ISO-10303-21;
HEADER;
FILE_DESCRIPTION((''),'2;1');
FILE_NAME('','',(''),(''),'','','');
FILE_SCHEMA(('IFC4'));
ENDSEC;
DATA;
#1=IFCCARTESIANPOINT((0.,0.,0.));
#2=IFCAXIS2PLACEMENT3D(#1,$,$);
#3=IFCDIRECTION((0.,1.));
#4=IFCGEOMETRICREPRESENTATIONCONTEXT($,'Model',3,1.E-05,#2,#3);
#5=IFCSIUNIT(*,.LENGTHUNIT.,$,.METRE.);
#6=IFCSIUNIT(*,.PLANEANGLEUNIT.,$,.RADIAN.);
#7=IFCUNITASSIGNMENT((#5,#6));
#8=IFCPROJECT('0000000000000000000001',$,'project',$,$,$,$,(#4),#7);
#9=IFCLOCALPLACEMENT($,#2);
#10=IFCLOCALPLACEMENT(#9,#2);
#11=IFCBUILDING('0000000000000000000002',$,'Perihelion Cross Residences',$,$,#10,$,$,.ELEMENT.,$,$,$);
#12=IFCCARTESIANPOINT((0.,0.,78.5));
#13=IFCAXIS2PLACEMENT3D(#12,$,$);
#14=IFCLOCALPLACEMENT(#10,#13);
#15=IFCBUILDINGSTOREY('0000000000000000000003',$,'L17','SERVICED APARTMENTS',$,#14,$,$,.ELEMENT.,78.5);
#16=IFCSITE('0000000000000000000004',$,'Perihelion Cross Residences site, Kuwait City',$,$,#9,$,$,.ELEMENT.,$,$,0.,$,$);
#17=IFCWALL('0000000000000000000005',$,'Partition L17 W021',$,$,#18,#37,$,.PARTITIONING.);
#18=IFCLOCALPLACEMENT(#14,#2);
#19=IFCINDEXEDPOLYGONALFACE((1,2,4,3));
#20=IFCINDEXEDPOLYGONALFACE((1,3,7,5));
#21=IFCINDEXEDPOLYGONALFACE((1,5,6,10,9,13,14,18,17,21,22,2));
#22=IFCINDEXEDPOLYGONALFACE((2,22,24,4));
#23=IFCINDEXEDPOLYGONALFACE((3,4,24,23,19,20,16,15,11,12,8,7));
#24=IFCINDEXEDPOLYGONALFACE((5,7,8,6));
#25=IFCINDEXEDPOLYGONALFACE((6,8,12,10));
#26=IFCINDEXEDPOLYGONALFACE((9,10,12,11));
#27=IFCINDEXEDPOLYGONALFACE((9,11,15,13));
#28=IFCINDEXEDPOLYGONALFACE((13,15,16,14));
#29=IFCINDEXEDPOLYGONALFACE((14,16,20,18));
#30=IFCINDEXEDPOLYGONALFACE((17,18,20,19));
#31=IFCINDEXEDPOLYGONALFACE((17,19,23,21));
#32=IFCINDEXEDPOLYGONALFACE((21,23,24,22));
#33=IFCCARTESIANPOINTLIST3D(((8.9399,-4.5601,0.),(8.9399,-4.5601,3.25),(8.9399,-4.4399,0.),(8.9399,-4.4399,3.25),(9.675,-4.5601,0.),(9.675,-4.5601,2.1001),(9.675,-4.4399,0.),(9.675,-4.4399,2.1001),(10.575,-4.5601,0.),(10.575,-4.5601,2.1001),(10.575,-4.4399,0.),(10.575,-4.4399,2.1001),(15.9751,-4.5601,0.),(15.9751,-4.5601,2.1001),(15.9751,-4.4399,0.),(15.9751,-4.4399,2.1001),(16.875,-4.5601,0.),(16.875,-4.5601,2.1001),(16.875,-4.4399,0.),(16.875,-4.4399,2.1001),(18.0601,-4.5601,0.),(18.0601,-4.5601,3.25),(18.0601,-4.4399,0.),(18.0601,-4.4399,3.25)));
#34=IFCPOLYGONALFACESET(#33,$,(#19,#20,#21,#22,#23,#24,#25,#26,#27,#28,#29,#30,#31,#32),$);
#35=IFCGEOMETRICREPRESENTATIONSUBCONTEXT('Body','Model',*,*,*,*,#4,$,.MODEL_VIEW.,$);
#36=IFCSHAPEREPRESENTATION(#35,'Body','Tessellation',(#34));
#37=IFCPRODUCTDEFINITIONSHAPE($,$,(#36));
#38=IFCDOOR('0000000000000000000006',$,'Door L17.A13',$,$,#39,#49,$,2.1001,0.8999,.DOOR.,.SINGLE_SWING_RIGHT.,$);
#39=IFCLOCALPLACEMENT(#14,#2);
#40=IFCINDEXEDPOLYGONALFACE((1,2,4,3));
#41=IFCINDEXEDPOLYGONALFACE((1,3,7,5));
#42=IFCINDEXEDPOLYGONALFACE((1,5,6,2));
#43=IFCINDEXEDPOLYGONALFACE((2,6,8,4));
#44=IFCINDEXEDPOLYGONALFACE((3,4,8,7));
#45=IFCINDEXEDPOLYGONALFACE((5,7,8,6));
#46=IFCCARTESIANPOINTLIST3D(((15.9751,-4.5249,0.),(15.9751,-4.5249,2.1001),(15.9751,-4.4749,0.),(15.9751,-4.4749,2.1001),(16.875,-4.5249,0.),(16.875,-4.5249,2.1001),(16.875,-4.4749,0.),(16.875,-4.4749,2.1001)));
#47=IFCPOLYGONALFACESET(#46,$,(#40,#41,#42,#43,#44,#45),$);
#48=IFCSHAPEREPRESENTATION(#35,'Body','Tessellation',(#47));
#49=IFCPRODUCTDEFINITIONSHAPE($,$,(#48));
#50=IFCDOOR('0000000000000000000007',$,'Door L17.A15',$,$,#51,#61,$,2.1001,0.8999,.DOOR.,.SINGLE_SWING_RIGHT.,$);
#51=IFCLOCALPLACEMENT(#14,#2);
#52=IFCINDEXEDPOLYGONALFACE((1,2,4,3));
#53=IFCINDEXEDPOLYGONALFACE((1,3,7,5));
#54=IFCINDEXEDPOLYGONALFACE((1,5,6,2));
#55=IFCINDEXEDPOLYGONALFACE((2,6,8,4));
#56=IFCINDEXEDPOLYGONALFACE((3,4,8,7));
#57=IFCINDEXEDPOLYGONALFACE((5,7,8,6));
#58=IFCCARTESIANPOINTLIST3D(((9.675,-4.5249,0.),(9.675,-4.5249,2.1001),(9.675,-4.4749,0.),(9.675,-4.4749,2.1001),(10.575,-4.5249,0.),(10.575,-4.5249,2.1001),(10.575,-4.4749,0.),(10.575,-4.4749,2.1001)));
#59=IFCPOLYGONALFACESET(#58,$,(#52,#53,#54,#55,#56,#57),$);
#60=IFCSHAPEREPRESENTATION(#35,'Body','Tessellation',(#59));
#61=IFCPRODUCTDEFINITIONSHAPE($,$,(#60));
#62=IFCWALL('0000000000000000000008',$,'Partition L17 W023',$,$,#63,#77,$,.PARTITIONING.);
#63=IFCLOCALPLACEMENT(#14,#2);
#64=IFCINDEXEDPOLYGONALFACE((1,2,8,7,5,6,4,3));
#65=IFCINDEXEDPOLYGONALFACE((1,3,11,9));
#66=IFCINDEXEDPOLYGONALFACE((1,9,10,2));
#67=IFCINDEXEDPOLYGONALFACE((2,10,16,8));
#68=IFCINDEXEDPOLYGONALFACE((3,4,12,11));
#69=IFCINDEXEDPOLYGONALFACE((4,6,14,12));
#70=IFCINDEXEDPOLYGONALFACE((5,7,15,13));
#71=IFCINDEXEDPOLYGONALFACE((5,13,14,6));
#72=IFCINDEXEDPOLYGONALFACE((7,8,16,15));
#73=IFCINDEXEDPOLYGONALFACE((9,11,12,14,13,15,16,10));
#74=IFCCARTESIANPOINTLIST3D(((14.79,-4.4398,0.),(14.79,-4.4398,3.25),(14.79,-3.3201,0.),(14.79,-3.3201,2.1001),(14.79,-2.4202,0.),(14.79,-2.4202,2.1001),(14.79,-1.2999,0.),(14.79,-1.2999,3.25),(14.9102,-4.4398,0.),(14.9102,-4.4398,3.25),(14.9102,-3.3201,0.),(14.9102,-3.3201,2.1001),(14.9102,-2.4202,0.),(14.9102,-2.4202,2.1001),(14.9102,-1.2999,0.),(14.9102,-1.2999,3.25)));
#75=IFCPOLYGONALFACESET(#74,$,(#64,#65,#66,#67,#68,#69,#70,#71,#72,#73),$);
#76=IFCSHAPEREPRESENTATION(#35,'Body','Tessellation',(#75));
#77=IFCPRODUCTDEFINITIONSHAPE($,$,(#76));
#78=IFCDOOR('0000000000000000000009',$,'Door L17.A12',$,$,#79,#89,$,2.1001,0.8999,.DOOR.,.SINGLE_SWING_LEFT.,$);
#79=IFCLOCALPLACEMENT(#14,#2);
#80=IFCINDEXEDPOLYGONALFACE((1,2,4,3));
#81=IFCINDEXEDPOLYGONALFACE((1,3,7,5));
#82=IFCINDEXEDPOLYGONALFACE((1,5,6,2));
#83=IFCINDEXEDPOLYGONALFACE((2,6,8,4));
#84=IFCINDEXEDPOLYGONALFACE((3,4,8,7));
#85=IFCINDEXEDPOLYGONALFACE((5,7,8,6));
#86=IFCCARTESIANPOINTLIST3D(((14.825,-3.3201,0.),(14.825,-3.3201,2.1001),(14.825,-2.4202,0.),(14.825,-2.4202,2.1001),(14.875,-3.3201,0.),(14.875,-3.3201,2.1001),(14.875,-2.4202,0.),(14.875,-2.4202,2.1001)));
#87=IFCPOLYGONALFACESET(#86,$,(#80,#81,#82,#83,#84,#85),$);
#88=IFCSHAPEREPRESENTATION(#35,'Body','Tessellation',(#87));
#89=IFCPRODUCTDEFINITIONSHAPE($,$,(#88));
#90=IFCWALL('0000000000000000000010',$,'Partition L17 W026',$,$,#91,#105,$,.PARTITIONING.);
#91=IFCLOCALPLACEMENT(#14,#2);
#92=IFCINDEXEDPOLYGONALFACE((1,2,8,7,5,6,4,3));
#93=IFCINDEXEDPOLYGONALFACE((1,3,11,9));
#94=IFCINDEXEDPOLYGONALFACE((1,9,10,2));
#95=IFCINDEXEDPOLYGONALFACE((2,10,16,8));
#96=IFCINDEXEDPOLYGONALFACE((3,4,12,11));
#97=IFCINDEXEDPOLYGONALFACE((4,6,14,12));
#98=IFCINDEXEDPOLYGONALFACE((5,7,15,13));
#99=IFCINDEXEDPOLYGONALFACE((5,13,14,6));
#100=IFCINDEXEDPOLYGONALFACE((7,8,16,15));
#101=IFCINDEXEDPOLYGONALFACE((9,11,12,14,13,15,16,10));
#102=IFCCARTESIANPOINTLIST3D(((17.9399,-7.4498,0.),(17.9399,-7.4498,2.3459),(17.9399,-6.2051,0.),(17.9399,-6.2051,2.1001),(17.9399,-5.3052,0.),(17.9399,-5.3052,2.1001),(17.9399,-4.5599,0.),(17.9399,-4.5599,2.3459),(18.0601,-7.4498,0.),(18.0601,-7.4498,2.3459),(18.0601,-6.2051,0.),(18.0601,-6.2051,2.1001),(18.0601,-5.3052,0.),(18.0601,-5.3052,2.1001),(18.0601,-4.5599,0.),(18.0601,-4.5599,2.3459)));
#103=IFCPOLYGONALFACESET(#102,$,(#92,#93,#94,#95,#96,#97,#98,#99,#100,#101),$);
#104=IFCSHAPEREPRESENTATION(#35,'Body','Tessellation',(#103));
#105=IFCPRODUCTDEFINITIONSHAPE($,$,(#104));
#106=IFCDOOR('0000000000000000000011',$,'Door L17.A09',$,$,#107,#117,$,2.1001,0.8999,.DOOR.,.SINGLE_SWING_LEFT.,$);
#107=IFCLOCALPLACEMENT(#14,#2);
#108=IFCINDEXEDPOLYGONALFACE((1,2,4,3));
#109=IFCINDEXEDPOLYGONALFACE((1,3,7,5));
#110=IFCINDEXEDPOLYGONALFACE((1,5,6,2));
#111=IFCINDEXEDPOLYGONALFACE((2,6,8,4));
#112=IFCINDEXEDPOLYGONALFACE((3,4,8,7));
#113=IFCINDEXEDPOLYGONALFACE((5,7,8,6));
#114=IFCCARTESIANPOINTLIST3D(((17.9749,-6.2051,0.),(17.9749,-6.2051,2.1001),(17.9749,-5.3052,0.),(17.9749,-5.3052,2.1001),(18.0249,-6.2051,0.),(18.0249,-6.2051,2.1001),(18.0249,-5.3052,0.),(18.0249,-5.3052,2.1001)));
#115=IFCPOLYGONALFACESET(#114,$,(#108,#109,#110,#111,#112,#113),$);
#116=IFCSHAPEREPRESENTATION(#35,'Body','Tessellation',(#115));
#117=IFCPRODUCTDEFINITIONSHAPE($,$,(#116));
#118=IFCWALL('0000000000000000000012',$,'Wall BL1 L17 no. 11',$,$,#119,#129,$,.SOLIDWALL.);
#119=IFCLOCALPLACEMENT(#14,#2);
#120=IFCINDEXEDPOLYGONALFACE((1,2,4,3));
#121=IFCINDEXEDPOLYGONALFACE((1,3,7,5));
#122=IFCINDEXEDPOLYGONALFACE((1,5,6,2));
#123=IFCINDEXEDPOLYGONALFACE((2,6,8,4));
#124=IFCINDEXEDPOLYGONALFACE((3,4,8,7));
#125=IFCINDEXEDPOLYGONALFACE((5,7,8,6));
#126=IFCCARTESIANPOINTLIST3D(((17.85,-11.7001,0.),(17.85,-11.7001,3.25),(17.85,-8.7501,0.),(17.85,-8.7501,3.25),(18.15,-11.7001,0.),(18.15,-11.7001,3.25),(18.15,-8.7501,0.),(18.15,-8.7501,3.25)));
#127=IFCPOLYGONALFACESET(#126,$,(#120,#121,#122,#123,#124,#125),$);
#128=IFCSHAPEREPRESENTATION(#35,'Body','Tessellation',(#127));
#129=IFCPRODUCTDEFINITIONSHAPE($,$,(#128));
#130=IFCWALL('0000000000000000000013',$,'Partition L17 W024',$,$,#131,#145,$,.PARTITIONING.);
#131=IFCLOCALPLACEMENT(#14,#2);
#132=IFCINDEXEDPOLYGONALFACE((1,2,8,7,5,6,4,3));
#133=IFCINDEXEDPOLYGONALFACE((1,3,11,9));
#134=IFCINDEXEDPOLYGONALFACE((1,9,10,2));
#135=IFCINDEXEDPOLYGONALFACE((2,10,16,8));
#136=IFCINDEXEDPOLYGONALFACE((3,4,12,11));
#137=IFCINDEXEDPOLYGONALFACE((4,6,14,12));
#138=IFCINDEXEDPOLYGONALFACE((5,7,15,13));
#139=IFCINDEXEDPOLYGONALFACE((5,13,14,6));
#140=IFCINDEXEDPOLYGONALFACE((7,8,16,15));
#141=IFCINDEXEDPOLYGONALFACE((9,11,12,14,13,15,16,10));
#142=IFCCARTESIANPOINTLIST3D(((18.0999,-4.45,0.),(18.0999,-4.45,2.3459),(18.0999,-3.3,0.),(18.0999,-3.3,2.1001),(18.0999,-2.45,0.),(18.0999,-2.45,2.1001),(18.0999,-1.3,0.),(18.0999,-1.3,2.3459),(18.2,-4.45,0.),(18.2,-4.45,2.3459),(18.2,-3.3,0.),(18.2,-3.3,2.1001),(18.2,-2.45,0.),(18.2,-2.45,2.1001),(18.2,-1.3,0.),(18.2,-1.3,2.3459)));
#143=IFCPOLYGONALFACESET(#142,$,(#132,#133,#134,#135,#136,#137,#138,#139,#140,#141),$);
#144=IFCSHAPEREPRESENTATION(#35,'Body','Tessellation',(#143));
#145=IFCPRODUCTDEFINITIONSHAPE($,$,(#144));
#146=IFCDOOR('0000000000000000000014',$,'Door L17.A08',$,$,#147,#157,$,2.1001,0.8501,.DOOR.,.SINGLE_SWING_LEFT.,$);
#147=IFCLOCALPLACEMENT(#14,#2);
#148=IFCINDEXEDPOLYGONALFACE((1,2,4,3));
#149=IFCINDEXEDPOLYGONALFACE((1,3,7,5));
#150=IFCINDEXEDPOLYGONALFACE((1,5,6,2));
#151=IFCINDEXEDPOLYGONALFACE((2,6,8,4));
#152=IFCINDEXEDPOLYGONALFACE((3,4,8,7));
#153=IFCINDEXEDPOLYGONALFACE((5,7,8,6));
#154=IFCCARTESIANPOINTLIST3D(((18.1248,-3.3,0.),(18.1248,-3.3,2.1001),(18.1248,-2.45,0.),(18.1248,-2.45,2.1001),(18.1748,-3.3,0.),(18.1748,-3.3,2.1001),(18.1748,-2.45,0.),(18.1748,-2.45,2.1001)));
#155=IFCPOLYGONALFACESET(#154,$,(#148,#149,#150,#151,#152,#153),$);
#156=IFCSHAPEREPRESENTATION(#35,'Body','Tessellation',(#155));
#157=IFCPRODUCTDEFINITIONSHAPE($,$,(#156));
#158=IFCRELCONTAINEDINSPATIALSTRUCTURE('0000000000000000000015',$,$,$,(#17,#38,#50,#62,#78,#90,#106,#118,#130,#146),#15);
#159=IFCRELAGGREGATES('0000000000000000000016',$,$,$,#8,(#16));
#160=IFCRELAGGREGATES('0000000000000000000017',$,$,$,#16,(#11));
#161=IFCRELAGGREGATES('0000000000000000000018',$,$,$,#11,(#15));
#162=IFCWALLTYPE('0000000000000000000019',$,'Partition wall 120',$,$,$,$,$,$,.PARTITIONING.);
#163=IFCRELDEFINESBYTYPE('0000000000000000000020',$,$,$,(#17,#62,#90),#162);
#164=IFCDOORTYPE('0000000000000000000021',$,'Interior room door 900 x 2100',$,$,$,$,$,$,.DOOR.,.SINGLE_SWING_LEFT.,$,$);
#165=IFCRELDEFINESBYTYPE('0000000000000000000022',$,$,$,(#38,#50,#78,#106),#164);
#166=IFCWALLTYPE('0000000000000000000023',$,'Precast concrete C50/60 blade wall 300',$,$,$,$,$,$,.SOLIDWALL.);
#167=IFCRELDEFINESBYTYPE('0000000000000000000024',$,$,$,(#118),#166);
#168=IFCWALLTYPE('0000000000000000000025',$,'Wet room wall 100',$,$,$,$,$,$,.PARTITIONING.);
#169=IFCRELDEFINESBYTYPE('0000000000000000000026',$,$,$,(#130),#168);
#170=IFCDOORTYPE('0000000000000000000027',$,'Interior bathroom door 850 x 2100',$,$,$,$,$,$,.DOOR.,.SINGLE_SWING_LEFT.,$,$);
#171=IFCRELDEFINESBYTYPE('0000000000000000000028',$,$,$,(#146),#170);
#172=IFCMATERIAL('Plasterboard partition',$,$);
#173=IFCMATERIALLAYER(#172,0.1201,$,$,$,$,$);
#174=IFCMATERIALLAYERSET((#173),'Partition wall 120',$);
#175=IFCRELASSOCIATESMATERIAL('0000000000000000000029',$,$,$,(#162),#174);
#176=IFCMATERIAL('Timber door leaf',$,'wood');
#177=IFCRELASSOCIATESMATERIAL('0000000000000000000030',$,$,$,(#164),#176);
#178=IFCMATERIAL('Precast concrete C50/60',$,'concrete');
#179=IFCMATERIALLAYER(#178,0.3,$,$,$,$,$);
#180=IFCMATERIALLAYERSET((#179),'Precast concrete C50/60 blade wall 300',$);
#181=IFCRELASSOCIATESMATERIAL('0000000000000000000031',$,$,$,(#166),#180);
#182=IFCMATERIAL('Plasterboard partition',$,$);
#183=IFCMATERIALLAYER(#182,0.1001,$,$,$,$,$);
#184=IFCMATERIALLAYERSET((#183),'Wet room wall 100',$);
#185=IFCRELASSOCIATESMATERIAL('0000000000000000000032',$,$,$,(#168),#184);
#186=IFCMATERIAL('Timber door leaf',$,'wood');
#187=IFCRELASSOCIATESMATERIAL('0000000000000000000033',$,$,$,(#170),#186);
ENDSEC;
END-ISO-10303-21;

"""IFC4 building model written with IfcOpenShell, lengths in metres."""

from ifc_helpers import new_model, si_unit, direction, frame, frame_2d, origin, place, context, subcontext, project, spatial, rectangle, extrude, material, layer, layer_set, type_object, element, fill, save


model = new_model("IFC4")

# Units and contexts
model_context = context("Model", 3, precision=1e-05, world=origin(), true_north=direction((0.0, 1.0)))
body_context = subcontext(model_context, "Body", "Model", "MODEL_VIEW")
ifc_project = project(units=[si_unit("LENGTHUNIT", "METRE"), si_unit("PLANEANGLEUNIT", "RADIAN")], contexts=[model_context])

# Site, building, storey
site_placement = place(None, origin())
site = spatial("IfcSite", under=ifc_project, at=site_placement, Name="Perihelion Cross Residences site, Kuwait City", CompositionType="ELEMENT", RefElevation=0.0)
building_placement = place(site_placement, origin())
building = spatial("IfcBuilding", under=site, at=building_placement, Name="Perihelion Cross Residences", CompositionType="ELEMENT")
storey_placement = place(building_placement, frame((0.0, 0.0, 78.5)))
storey = spatial("IfcBuildingStorey", under=building, at=storey_placement, Name="L17", Description="SERVICED APARTMENTS", CompositionType="ELEMENT", Elevation=78.5)

# Shared definitions
ifc_material_1 = material(Name="Plasterboard partition")
ifc_layer_1 = layer(ifc_material_1, 0.1201)
ifc_layer_set_1 = layer_set([ifc_layer_1], Name="Partition wall 120")
wall_type_1 = type_object("IfcWallType", Name="Partition wall 120", PredefinedType="PARTITIONING", material=ifc_layer_set_1)

# Wall, openings, doors
wall_1_placement = place(storey_placement, frame((18.0601, -4.5, 0.0), z_axis=(0.0, 0.0, 1.0), x_axis=(-1.0, 0.0, 0.0)))
wall_1 = element("IfcWall", 1, at=wall_1_placement, inside=storey, type_object=wall_type_1, Name="Partition L17 W021", PredefinedType="PARTITIONING", context=body_context, shape_type="SweptSolid", body=[
    extrude(rectangle(XDim=9.1201, YDim=0.1201, at=frame_2d((4.5601, 0.0))), origin(), (0.0, 0.0, 1.0), 3.25),
])
opening_1_placement = place(wall_1_placement, frame((1.1851, 0.0, 0.0)))
opening_1 = element("IfcOpeningElement", 2, at=opening_1_placement, cuts=wall_1, PredefinedType="OPENING", context=body_context, shape_type="SweptSolid", body=[
    extrude(rectangle(XDim=0.8999, YDim=2.1001, at=frame_2d((0.45, 1.05))), frame((0.0, 0.0701, 0.0), z_axis=(0.0, -1.0, 0.0), x_axis=(1.0, 0.0, 0.0)), (0.0, 0.0, 1.0), 0.1401),
])
opening_2_placement = place(wall_1_placement, frame((7.4851, 0.0, 0.0)))
opening_2 = element("IfcOpeningElement", 3, at=opening_2_placement, cuts=wall_1, PredefinedType="OPENING", context=body_context, shape_type="SweptSolid", body=[
    extrude(rectangle(XDim=0.8999, YDim=2.1001, at=frame_2d((0.45, 1.05))), frame((0.0, 0.0701, 0.0), z_axis=(0.0, -1.0, 0.0), x_axis=(1.0, 0.0, 0.0)), (0.0, 0.0, 1.0), 0.1401),
])
ifc_material_2 = material(Name="Timber door leaf", Category="wood")
door_type_1 = type_object("IfcDoorType", Name="Interior room door 900 x 2100", OperationType="SINGLE_SWING_LEFT", PredefinedType="DOOR", material=ifc_material_2)
door_1_placement = place(opening_1_placement, origin())
door_1 = element("IfcDoor", 4, at=door_1_placement, inside=storey, type_object=door_type_1, Name="Door L17.A13", OperationType="SINGLE_SWING_RIGHT", OverallHeight=2.1001, OverallWidth=0.8999, PredefinedType="DOOR", context=body_context, shape_type="SweptSolid", body=[
    extrude(rectangle(XDim=0.8999, YDim=2.1001, at=frame_2d((0.45, 1.05))), frame((0.0, 0.0249, 0.0), z_axis=(0.0, -1.0, 0.0), x_axis=(1.0, 0.0, 0.0)), (0.0, 0.0, 1.0), 0.05),
])
fill(opening_1, door_1)
door_2_placement = place(opening_2_placement, origin())
door_2 = element("IfcDoor", 5, at=door_2_placement, inside=storey, type_object=door_type_1, Name="Door L17.A15", OperationType="SINGLE_SWING_RIGHT", OverallHeight=2.1001, OverallWidth=0.8999, PredefinedType="DOOR", context=body_context, shape_type="SweptSolid", body=[
    extrude(rectangle(XDim=0.8999, YDim=2.1001, at=frame_2d((0.45, 1.05))), frame((0.0, 0.0249, 0.0), z_axis=(0.0, -1.0, 0.0), x_axis=(1.0, 0.0, 0.0)), (0.0, 0.0, 1.0), 0.05),
])
fill(opening_2, door_2)

# Walls, openings, doors
wall_2_placement = place(storey_placement, frame((14.8501, -1.3, 0.0), z_axis=(0.0, 0.0, 1.0), x_axis=(0.0, -1.0, 0.0)))
wall_2 = element("IfcWall", 6, at=wall_2_placement, inside=storey, type_object=wall_type_1, Name="Partition L17 W023", PredefinedType="PARTITIONING", context=body_context, shape_type="SweptSolid", body=[
    extrude(rectangle(XDim=3.1399, YDim=0.1201, at=frame_2d((1.5698, 0.0))), origin(), (0.0, 0.0, 1.0), 3.25),
])
opening_3_placement = place(wall_2_placement, frame((1.1201, 0.0, 0.0)))
opening_3 = element("IfcOpeningElement", 7, at=opening_3_placement, cuts=wall_2, PredefinedType="OPENING", context=body_context, shape_type="SweptSolid", body=[
    extrude(rectangle(XDim=0.8999, YDim=2.1001, at=frame_2d((0.45, 1.05))), frame((0.0, 0.0701, 0.0), z_axis=(0.0, -1.0, 0.0), x_axis=(1.0, 0.0, 0.0)), (0.0, 0.0, 1.0), 0.1401),
])
door_3_placement = place(opening_3_placement, origin())
door_3 = element("IfcDoor", 8, at=door_3_placement, inside=storey, type_object=door_type_1, Name="Door L17.A12", OperationType="SINGLE_SWING_LEFT", OverallHeight=2.1001, OverallWidth=0.8999, PredefinedType="DOOR", context=body_context, shape_type="SweptSolid", body=[
    extrude(rectangle(XDim=0.8999, YDim=2.1001, at=frame_2d((0.45, 1.05))), frame((0.0, 0.0249, 0.0), z_axis=(0.0, -1.0, 0.0), x_axis=(1.0, 0.0, 0.0)), (0.0, 0.0, 1.0), 0.05),
])
fill(opening_3, door_3)
wall_3_placement = place(storey_placement, frame((18.0, -4.5601, 0.0), z_axis=(0.0, 0.0, 1.0), x_axis=(0.0, -1.0, 0.0)))
wall_3 = element("IfcWall", 9, at=wall_3_placement, inside=storey, type_object=wall_type_1, Name="Partition L17 W026", PredefinedType="PARTITIONING", context=body_context, shape_type="SweptSolid", body=[
    extrude(rectangle(XDim=2.8899, YDim=0.1201, at=frame_2d((1.4448, 0.0))), origin(), (0.0, 0.0, 1.0), 2.3459),
])
opening_4_placement = place(wall_3_placement, frame((0.7451, 0.0, 0.0)))
opening_4 = element("IfcOpeningElement", 10, at=opening_4_placement, cuts=wall_3, PredefinedType="OPENING", context=body_context, shape_type="SweptSolid", body=[
    extrude(rectangle(XDim=0.8999, YDim=2.1001, at=frame_2d((0.45, 1.05))), frame((0.0, 0.0701, 0.0), z_axis=(0.0, -1.0, 0.0), x_axis=(1.0, 0.0, 0.0)), (0.0, 0.0, 1.0), 0.1401),
])
door_4_placement = place(opening_4_placement, origin())
door_4 = element("IfcDoor", 11, at=door_4_placement, inside=storey, type_object=door_type_1, Name="Door L17.A09", OperationType="SINGLE_SWING_LEFT", OverallHeight=2.1001, OverallWidth=0.8999, PredefinedType="DOOR", context=body_context, shape_type="SweptSolid", body=[
    extrude(rectangle(XDim=0.8999, YDim=2.1001, at=frame_2d((0.45, 1.05))), frame((0.0, 0.0249, 0.0), z_axis=(0.0, -1.0, 0.0), x_axis=(1.0, 0.0, 0.0)), (0.0, 0.0, 1.0), 0.05),
])
fill(opening_4, door_4)

# Wall
ifc_material_3 = material(Name="Precast concrete C50/60", Category="concrete")
ifc_layer_2 = layer(ifc_material_3, 0.3)
ifc_layer_set_2 = layer_set([ifc_layer_2], Name="Precast concrete C50/60 blade wall 300")
wall_type_2 = type_object("IfcWallType", Name="Precast concrete C50/60 blade wall 300", PredefinedType="SOLIDWALL", material=ifc_layer_set_2)
wall_4_placement = place(storey_placement, frame((18.0, -8.75, 0.0), z_axis=(0.0, 0.0, 1.0), x_axis=(0.0, -1.0, 0.0)))
element("IfcWall", 12, at=wall_4_placement, inside=storey, type_object=wall_type_2, Name="Wall BL1 L17 no. 11", PredefinedType="SOLIDWALL", context=body_context, shape_type="SweptSolid", body=[
    extrude(rectangle(XDim=2.95, YDim=0.3, at=frame_2d((1.4751, 0.0))), origin(), (0.0, 0.0, 1.0), 3.25),
])

# Wall, opening, door
ifc_material_4 = material(Name="Plasterboard partition")
ifc_layer_3 = layer(ifc_material_4, 0.1001)
ifc_layer_set_3 = layer_set([ifc_layer_3], Name="Wet room wall 100")
wall_type_3 = type_object("IfcWallType", Name="Wet room wall 100", PredefinedType="PARTITIONING", material=ifc_layer_set_3)
wall_5_placement = place(storey_placement, frame((18.1499, -1.3, 0.0), z_axis=(0.0, 0.0, 1.0), x_axis=(0.0, -1.0, 0.0)))
wall_5 = element("IfcWall", 13, at=wall_5_placement, inside=storey, type_object=wall_type_3, Name="Partition L17 W024", PredefinedType="PARTITIONING", context=body_context, shape_type="SweptSolid", body=[
    extrude(rectangle(XDim=3.1499, YDim=0.1001, at=frame_2d((1.575, 0.0))), origin(), (0.0, 0.0, 1.0), 2.3459),
])
opening_5_placement = place(wall_5_placement, frame((1.1499, 0.0, 0.0)))
opening_5 = element("IfcOpeningElement", 14, at=opening_5_placement, cuts=wall_5, PredefinedType="OPENING", context=body_context, shape_type="SweptSolid", body=[
    extrude(rectangle(XDim=0.8501, YDim=2.1001, at=frame_2d((0.425, 1.05))), frame((0.0, 0.0601, 0.0), z_axis=(0.0, -1.0, 0.0), x_axis=(1.0, 0.0, 0.0)), (0.0, 0.0, 1.0), 0.1201),
])
ifc_material_5 = material(Name="Timber door leaf", Category="wood")
door_type_2 = type_object("IfcDoorType", Name="Interior bathroom door 850 x 2100", OperationType="SINGLE_SWING_LEFT", PredefinedType="DOOR", material=ifc_material_5)
door_5_placement = place(opening_5_placement, origin())
door_5 = element("IfcDoor", 15, at=door_5_placement, inside=storey, type_object=door_type_2, Name="Door L17.A08", OperationType="SINGLE_SWING_LEFT", OverallHeight=2.1001, OverallWidth=0.8501, PredefinedType="DOOR", context=body_context, shape_type="SweptSolid", body=[
    extrude(rectangle(XDim=0.8501, YDim=2.1001, at=frame_2d((0.425, 1.05))), frame((0.0, 0.0249, 0.0), z_axis=(0.0, -1.0, 0.0), x_axis=(1.0, 0.0, 0.0)), (0.0, 0.0, 1.0), 0.05),
])
fill(opening_5, door_5)

save(model, "model.ifc")
